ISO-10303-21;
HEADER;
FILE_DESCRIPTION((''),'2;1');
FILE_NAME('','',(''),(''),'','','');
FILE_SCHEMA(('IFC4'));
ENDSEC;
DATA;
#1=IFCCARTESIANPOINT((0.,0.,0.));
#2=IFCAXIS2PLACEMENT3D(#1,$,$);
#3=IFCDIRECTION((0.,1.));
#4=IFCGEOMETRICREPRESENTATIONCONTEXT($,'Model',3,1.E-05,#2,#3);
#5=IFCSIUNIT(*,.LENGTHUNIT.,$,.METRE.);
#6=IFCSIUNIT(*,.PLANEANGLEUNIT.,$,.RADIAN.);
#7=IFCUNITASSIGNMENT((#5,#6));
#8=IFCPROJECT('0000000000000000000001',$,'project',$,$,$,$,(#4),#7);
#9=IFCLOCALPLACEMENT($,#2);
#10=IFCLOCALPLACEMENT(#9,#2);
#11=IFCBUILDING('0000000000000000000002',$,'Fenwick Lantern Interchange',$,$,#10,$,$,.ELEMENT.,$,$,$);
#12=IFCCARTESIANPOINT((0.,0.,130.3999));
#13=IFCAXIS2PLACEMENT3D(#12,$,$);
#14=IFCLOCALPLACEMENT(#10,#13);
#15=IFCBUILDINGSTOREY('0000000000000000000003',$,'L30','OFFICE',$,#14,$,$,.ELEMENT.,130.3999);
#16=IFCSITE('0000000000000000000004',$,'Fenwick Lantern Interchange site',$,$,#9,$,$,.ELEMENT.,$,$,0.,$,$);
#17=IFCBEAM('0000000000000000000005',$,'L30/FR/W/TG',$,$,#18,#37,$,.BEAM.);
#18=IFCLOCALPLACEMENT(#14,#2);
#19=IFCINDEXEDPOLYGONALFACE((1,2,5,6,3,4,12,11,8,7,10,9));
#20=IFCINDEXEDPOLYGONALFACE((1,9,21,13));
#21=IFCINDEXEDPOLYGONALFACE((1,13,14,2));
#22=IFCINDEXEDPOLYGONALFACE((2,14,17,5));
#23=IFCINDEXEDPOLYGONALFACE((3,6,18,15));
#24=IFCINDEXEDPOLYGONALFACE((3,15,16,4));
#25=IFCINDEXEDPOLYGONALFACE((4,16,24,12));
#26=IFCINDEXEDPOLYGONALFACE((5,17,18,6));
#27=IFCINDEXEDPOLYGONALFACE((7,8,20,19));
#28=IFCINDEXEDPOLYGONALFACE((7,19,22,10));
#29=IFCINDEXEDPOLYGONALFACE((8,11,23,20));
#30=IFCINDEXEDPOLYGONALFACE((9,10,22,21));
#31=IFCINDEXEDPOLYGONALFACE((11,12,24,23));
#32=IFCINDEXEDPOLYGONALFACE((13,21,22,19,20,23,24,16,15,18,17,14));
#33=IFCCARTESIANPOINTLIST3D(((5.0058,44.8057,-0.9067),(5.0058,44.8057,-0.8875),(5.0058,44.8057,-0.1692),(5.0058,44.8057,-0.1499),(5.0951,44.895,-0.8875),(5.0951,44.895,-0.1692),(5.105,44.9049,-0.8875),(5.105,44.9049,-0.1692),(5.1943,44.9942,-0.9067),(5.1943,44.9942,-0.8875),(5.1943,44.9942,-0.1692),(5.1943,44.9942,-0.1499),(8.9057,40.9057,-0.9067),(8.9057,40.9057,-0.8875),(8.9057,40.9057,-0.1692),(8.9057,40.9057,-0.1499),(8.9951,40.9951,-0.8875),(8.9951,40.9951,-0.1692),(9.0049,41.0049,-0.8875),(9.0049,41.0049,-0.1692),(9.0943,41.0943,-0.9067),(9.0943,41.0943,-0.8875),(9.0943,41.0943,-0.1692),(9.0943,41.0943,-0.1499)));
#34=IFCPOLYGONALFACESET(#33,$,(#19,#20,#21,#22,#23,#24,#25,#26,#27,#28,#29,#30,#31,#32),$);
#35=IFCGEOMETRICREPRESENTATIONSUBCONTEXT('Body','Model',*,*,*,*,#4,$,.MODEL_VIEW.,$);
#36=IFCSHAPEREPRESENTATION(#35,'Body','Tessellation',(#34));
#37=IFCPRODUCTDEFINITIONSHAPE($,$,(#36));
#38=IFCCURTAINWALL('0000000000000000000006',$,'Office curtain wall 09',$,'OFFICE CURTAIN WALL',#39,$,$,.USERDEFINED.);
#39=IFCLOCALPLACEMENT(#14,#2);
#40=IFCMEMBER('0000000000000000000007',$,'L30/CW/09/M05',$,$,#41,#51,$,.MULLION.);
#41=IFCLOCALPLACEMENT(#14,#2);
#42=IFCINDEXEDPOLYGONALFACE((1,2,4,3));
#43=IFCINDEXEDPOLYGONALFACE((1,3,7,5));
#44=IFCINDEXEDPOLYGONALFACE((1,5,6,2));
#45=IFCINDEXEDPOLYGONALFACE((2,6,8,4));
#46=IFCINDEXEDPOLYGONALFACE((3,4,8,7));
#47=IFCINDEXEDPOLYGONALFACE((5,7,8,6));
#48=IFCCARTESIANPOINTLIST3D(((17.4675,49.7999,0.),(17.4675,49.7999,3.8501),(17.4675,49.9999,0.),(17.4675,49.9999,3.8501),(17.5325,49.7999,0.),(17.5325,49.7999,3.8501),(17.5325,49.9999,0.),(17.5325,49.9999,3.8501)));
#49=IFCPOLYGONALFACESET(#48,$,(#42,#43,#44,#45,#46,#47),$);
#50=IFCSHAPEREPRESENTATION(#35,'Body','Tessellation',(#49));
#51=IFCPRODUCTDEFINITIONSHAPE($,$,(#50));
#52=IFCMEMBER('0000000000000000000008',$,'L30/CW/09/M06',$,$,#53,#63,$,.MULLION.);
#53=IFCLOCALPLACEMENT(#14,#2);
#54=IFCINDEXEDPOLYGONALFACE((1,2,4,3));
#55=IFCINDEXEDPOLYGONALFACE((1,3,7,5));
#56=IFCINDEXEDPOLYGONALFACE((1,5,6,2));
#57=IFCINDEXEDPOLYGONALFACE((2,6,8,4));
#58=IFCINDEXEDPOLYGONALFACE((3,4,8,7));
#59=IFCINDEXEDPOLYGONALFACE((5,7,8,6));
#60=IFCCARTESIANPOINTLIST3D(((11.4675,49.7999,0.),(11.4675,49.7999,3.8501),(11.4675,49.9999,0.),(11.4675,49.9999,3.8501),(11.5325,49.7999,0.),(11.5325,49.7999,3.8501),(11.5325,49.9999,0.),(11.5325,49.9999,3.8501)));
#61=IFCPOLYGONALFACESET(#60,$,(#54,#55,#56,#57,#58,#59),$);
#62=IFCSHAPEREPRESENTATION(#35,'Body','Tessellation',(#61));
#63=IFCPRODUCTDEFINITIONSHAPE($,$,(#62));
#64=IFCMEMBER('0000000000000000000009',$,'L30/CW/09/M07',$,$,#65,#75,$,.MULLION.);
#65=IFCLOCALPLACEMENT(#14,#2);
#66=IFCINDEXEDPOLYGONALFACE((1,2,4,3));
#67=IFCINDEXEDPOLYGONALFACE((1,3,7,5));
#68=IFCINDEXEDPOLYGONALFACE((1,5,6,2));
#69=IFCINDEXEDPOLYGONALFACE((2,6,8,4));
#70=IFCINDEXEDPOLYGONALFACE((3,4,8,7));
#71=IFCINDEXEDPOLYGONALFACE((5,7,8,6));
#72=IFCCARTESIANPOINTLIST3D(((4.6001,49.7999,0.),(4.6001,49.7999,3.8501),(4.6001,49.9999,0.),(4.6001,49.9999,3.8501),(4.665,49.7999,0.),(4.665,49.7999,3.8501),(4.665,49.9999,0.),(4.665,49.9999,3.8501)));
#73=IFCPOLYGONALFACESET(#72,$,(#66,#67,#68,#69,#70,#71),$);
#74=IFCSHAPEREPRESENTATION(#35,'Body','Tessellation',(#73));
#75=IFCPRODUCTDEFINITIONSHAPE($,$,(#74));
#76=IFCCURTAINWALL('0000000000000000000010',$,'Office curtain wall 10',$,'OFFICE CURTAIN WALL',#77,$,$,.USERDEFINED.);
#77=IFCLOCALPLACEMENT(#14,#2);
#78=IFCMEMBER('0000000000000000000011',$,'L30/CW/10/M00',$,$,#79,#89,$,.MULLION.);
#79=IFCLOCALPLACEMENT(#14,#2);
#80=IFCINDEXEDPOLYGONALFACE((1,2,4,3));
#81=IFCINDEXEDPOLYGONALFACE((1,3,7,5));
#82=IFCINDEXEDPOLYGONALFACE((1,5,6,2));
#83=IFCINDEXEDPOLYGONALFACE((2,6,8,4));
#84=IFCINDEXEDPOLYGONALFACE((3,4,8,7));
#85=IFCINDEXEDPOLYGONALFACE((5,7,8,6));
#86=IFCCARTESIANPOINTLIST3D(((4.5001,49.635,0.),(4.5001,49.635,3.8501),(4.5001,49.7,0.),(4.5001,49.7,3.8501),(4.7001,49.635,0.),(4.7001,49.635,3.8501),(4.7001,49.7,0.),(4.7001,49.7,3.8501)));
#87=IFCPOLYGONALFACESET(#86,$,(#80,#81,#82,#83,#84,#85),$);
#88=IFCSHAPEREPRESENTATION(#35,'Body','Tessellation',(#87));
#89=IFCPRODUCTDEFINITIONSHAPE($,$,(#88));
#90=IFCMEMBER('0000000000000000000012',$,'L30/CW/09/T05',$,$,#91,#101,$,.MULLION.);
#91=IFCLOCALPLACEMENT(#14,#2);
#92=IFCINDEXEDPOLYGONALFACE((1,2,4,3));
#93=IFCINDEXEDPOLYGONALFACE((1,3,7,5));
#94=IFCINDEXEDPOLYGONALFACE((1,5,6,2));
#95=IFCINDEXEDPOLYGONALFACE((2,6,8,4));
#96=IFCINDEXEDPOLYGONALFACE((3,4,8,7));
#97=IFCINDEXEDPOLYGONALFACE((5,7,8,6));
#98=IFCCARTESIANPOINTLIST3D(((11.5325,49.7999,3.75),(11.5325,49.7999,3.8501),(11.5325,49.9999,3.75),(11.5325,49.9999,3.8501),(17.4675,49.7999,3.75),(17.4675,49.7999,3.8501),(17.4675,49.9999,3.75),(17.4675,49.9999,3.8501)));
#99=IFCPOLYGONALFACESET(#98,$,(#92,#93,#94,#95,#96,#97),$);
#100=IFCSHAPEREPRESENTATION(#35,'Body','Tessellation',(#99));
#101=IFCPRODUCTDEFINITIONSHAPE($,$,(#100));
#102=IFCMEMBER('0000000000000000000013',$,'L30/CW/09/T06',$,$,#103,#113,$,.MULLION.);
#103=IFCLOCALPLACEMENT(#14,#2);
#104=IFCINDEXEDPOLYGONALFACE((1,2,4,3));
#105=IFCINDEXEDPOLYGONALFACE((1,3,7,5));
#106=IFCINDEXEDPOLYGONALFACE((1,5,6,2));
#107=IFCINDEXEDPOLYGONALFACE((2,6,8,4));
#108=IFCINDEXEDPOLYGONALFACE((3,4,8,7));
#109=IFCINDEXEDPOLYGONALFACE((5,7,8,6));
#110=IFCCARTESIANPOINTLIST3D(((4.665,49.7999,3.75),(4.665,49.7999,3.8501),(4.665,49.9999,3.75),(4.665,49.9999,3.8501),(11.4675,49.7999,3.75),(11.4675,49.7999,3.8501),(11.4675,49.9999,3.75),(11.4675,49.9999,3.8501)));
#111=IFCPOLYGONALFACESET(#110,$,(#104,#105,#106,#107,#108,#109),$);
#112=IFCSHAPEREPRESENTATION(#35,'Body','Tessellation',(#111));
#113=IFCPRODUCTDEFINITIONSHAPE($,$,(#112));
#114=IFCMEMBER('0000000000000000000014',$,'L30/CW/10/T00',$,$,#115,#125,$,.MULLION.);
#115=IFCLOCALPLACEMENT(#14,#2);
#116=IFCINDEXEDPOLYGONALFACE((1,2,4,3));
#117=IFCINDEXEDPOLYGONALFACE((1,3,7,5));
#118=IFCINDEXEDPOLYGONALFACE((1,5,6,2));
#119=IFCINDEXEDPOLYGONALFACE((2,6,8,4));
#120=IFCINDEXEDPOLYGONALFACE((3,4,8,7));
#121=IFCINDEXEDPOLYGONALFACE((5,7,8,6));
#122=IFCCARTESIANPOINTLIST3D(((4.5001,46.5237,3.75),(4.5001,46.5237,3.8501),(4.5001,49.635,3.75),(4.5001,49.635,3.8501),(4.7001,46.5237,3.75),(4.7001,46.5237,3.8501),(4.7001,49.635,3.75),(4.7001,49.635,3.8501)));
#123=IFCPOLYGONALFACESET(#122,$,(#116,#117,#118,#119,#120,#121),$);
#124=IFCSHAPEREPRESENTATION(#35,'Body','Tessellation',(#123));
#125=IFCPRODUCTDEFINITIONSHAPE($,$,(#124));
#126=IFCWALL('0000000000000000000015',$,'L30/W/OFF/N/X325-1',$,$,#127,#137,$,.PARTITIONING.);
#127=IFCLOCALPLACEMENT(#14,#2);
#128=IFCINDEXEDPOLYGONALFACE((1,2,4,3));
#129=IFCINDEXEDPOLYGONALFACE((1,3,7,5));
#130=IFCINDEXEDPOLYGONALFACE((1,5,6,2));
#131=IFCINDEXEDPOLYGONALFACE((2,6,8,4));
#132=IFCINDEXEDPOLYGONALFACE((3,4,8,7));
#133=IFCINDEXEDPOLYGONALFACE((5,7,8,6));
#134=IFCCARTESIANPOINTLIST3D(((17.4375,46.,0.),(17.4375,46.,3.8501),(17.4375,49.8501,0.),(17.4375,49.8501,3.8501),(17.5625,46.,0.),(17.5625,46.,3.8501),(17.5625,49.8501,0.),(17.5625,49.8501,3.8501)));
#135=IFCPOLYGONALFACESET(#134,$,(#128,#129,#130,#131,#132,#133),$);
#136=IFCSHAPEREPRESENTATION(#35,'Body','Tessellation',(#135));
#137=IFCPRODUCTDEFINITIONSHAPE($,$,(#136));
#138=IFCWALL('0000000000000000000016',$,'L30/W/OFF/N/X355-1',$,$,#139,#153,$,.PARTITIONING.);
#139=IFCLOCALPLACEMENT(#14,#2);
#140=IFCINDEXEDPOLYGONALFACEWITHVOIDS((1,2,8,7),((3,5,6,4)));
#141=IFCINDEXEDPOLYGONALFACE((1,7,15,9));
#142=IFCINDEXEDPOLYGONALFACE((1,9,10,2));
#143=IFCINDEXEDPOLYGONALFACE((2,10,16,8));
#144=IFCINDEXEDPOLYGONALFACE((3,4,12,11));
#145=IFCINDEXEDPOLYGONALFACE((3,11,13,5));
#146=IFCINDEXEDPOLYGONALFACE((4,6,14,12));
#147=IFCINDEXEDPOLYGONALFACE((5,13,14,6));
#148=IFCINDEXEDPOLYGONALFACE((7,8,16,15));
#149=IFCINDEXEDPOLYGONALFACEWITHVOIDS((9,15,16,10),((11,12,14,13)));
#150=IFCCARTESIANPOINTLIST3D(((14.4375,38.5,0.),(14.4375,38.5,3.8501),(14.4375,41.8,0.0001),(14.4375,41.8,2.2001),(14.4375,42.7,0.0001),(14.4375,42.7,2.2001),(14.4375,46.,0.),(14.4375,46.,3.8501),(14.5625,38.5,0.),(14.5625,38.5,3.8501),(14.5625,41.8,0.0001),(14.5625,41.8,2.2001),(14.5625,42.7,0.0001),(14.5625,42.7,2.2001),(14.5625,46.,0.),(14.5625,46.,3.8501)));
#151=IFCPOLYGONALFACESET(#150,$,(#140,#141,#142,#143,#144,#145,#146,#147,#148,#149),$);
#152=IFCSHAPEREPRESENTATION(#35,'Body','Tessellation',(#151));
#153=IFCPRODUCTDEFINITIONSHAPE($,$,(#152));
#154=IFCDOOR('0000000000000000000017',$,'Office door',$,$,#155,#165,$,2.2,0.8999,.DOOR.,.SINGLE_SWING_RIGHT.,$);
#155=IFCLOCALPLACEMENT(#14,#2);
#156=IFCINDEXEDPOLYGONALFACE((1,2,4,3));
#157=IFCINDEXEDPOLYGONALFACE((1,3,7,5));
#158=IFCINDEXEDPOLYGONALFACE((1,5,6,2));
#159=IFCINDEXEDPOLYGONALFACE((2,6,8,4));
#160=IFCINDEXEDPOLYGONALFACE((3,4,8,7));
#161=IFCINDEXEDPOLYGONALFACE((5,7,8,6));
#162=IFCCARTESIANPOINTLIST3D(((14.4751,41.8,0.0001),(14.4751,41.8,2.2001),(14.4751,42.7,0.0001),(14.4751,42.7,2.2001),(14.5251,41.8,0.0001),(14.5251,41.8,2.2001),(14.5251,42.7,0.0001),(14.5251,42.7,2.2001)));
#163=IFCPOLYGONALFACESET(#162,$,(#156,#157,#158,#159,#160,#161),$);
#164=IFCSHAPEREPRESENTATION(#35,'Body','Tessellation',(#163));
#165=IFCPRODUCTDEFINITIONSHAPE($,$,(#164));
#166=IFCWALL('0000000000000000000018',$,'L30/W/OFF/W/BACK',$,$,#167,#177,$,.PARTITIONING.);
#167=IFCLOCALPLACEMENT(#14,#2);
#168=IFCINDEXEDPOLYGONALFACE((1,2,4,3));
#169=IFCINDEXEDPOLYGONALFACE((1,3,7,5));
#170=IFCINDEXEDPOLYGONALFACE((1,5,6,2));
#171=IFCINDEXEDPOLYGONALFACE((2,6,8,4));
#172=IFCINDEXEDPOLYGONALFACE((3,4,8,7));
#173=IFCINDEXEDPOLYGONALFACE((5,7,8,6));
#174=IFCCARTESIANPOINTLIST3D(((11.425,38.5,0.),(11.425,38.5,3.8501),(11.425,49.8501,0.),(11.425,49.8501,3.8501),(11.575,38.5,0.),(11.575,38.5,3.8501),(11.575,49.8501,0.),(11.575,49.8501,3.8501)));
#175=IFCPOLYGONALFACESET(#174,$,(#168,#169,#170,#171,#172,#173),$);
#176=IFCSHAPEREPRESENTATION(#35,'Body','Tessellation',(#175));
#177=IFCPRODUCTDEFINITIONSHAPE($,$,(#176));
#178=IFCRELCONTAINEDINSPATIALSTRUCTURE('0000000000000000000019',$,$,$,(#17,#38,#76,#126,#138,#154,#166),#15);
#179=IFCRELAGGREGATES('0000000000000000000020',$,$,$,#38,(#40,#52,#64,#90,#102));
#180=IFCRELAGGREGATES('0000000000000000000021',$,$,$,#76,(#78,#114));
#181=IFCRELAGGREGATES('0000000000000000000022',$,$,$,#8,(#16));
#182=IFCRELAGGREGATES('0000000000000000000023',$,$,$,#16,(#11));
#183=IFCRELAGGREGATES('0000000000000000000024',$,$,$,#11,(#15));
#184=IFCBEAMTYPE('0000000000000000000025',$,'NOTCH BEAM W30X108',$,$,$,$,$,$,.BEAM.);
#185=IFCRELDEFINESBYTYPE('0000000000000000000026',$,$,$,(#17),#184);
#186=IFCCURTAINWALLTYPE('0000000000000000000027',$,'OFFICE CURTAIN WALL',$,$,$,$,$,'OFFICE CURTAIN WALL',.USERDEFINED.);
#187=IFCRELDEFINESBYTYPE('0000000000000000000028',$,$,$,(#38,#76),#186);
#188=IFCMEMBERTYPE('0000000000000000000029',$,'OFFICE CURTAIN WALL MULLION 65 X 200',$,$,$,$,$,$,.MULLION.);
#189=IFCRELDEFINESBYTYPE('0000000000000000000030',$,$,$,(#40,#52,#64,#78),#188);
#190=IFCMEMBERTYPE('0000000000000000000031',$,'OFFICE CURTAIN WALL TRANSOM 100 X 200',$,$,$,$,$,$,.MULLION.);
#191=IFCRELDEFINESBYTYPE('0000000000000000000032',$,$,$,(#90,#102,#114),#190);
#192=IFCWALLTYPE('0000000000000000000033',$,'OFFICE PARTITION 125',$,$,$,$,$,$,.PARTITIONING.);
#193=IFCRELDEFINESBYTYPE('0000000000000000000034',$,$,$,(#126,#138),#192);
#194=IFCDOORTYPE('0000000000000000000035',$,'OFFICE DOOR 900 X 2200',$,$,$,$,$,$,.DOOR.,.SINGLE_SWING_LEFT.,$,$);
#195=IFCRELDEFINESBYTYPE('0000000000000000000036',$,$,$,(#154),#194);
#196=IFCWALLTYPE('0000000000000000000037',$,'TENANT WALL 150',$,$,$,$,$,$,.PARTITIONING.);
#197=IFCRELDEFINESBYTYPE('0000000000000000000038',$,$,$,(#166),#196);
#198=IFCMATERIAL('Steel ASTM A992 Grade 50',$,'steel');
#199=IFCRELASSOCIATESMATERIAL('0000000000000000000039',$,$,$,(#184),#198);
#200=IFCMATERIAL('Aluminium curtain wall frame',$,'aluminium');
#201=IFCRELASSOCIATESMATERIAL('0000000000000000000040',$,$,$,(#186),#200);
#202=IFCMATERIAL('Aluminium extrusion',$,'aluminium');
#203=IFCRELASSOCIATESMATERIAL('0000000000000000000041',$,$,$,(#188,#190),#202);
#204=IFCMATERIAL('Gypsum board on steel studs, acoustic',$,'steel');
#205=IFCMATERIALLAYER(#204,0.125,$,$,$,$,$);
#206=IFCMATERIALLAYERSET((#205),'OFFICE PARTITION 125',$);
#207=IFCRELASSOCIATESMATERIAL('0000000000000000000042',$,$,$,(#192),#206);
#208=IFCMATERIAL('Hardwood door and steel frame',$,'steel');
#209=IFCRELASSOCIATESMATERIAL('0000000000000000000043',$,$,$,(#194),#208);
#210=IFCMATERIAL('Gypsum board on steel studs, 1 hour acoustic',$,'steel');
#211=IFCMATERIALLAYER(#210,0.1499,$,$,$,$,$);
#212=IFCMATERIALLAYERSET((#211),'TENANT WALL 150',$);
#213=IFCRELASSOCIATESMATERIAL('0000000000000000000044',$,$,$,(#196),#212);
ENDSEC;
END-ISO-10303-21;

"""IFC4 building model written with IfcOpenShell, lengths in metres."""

from ifc_helpers import new_model, si_unit, direction, frame, frame_2d, origin, origin_2d, place, context, subcontext, project, spatial, rectangle, i_section, extrude, material, layer, layer_set, material_profile, profile_set, type_object, element, fill, aggregate, save


model = new_model("IFC4")

# Units and contexts
model_context = context("Model", 3, precision=1e-05, world=origin(), true_north=direction((0.0, 1.0)))
body_context = subcontext(model_context, "Body", "Model", "MODEL_VIEW")
ifc_project = project(units=[si_unit("LENGTHUNIT", "METRE"), si_unit("PLANEANGLEUNIT", "RADIAN")], contexts=[model_context])

# Site, building, storey
site_placement = place(None, origin())
site = spatial("IfcSite", under=ifc_project, at=site_placement, Name="Fenwick Lantern Interchange site", CompositionType="ELEMENT", RefElevation=0.0)
building_placement = place(site_placement, origin())
building = spatial("IfcBuilding", under=site, at=building_placement, Name="Fenwick Lantern Interchange", CompositionType="ELEMENT")
storey_placement = place(building_placement, frame((0.0, 0.0, 130.3999)))
storey = spatial("IfcBuildingStorey", under=building, at=storey_placement, Name="L30", Description="OFFICE", CompositionType="ELEMENT", Elevation=130.3999)

# Shared definitions
ifc_material_1 = material(Name="Steel ASTM A992 Grade 50", Category="steel")

# Beam
ifc_material_profile_1 = material_profile(ifc_material_1, i_section(OverallWidth=0.2666, OverallDepth=0.7568, WebThickness=0.0139, FlangeThickness=0.0193, at=origin_2d()), Name="W30X108")
ifc_profile_set_1 = profile_set([ifc_material_profile_1], Name="Steel ASTM A992 Grade 50")
beam_type_1 = type_object("IfcBeamType", Name="NOTCH BEAM W30X108", PredefinedType="BEAM", material=ifc_profile_set_1)
beam_1_placement = place(storey_placement, frame((9.0, 41.0, -0.5283), z_axis=(-0.707107, 0.707107, 0.0), x_axis=(-0.707107, -0.707107, 0.0)))
element("IfcBeam", 1, at=beam_1_placement, inside=storey, type_object=beam_type_1, Name="L30/FR/W/TG", PredefinedType="BEAM", context=body_context, shape_type="SweptSolid", body=[
    extrude(i_section(OverallWidth=0.2666, OverallDepth=0.7568, WebThickness=0.0139, FlangeThickness=0.0193, at=origin_2d()), origin(), (0.0, 0.0, 1.0), 5.5154),
])

# Curtain wall, members
ifc_material_2 = material(Name="Aluminium curtain wall frame", Category="aluminium")
curtain_wall_type = type_object("IfcCurtainWallType", Name="OFFICE CURTAIN WALL", ElementType="OFFICE CURTAIN WALL", PredefinedType="USERDEFINED", material=ifc_material_2)
curtain_wall_1_placement = place(storey_placement, origin())
curtain_wall_1 = element("IfcCurtainWall", 2, at=curtain_wall_1_placement, inside=storey, type_object=curtain_wall_type, Name="Office curtain wall 09", ObjectType="OFFICE CURTAIN WALL", PredefinedType="USERDEFINED")
ifc_material_3 = material(Name="Aluminium extrusion", Category="aluminium")
ifc_material_profile_2 = material_profile(ifc_material_3, rectangle(XDim=0.2, YDim=0.0649, at=origin_2d()), Name="OFFICE CURTAIN WALL MULLION 65 X 200")
ifc_profile_set_2 = profile_set([ifc_material_profile_2], Name="Aluminium extrusion")
member_type_1 = type_object("IfcMemberType", Name="OFFICE CURTAIN WALL MULLION 65 X 200", PredefinedType="MULLION", material=ifc_profile_set_2)
member_1_placement = place(storey_placement, frame((17.5, 49.8999, 0.0), z_axis=(0.0, 0.0, 1.0), x_axis=(0.0, -1.0, 0.0)))
member_1 = element("IfcMember", 3, at=member_1_placement, type_object=member_type_1, Name="L30/CW/09/M05", PredefinedType="MULLION", context=body_context, shape_type="SweptSolid", body=[
    extrude(rectangle(XDim=0.2, YDim=0.0649, at=origin_2d()), origin(), (0.0, 0.0, 1.0), 3.8501),
])
member_2_placement = place(storey_placement, frame((11.5, 49.8999, 0.0), z_axis=(0.0, 0.0, 1.0), x_axis=(0.0, -1.0, 0.0)))
member_2 = element("IfcMember", 4, at=member_2_placement, type_object=member_type_1, Name="L30/CW/09/M06", PredefinedType="MULLION", context=body_context, shape_type="SweptSolid", body=[
    extrude(rectangle(XDim=0.2, YDim=0.0649, at=origin_2d()), origin(), (0.0, 0.0, 1.0), 3.8501),
])
member_3_placement = place(storey_placement, frame((4.6326, 49.8999, 0.0), z_axis=(0.0, 0.0, 1.0), x_axis=(0.0, -1.0, 0.0)))
member_3 = element("IfcMember", 5, at=member_3_placement, type_object=member_type_1, Name="L30/CW/09/M07", PredefinedType="MULLION", context=body_context, shape_type="SweptSolid", body=[
    extrude(rectangle(XDim=0.2, YDim=0.0649, at=origin_2d()), origin(), (0.0, 0.0, 1.0), 3.8501),
])

# Curtain wall, member
curtain_wall_2_placement = place(storey_placement, origin())
curtain_wall_2 = element("IfcCurtainWall", 6, at=curtain_wall_2_placement, inside=storey, type_object=curtain_wall_type, Name="Office curtain wall 10", ObjectType="OFFICE CURTAIN WALL", PredefinedType="USERDEFINED")
member_4_placement = place(storey_placement, frame((4.6001, 49.6675, 0.0), z_axis=(0.0, 0.0, 1.0), x_axis=(1.0, 0.0, 0.0)))
member_4 = element("IfcMember", 7, at=member_4_placement, type_object=member_type_1, Name="L30/CW/10/M00", PredefinedType="MULLION", context=body_context, shape_type="SweptSolid", body=[
    extrude(rectangle(XDim=0.2, YDim=0.0649, at=origin_2d()), origin(), (0.0, 0.0, 1.0), 3.8501),
])

# Members
ifc_material_profile_3 = material_profile(ifc_material_3, rectangle(XDim=0.2, YDim=0.1001, at=origin_2d()), Name="OFFICE CURTAIN WALL TRANSOM 100 X 200")
ifc_profile_set_3 = profile_set([ifc_material_profile_3], Name="Aluminium extrusion")
member_type_2 = type_object("IfcMemberType", Name="OFFICE CURTAIN WALL TRANSOM 100 X 200", PredefinedType="MULLION", material=ifc_profile_set_3)
member_5_placement = place(storey_placement, frame((17.4675, 49.8999, 3.8), z_axis=(-1.0, 0.0, 0.0), x_axis=(0.0, -1.0, 0.0)))
member_5 = element("IfcMember", 8, at=member_5_placement, type_object=member_type_2, Name="L30/CW/09/T05", PredefinedType="MULLION", context=body_context, shape_type="SweptSolid", body=[
    extrude(rectangle(XDim=0.2, YDim=0.1001, at=origin_2d()), origin(), (0.0, 0.0, 1.0), 5.9351),
])
member_6_placement = place(storey_placement, frame((11.4675, 49.8999, 3.8), z_axis=(-1.0, 0.0, 0.0), x_axis=(0.0, -1.0, 0.0)))
member_6 = element("IfcMember", 9, at=member_6_placement, type_object=member_type_2, Name="L30/CW/09/T06", PredefinedType="MULLION", context=body_context, shape_type="SweptSolid", body=[
    extrude(rectangle(XDim=0.2, YDim=0.1001, at=origin_2d()), origin(), (0.0, 0.0, 1.0), 6.8025),
])
aggregate(curtain_wall_1, [member_1, member_2, member_3, member_5, member_6])
member_7_placement = place(storey_placement, frame((4.6001, 49.635, 3.8), z_axis=(0.0, -1.0, 0.0), x_axis=(1.0, 0.0, 0.0)))
member_7 = element("IfcMember", 10, at=member_7_placement, type_object=member_type_2, Name="L30/CW/10/T00", PredefinedType="MULLION", context=body_context, shape_type="SweptSolid", body=[
    extrude(rectangle(XDim=0.2, YDim=0.1001, at=origin_2d()), origin(), (0.0, 0.0, 1.0), 3.1113),
])
aggregate(curtain_wall_2, [member_4, member_7])

# Wall
ifc_material_4 = material(Name="Gypsum board on steel studs, acoustic", Category="steel")
ifc_layer_1 = layer(ifc_material_4, 0.125)
ifc_layer_set_1 = layer_set([ifc_layer_1], Name="OFFICE PARTITION 125")
wall_type_1 = type_object("IfcWallType", Name="OFFICE PARTITION 125", PredefinedType="PARTITIONING", material=ifc_layer_set_1)
wall_1_placement = place(storey_placement, frame((17.5, 49.8501, 0.0), z_axis=(0.0, 0.0, 1.0), x_axis=(0.0, -1.0, 0.0)))
element("IfcWall", 11, at=wall_1_placement, inside=storey, type_object=wall_type_1, Name="L30/W/OFF/N/X325-1", PredefinedType="PARTITIONING", context=body_context, shape_type="SweptSolid", body=[
    extrude(rectangle(XDim=3.8501, YDim=0.125, at=frame_2d((1.925, 0.0))), origin(), (0.0, 0.0, 1.0), 3.8501),
])

# Wall, opening, door
wall_2_placement = place(storey_placement, frame((14.5, 46.0, 0.0), z_axis=(0.0, 0.0, 1.0), x_axis=(0.0, -1.0, 0.0)))
wall_2 = element("IfcWall", 12, at=wall_2_placement, inside=storey, type_object=wall_type_1, Name="L30/W/OFF/N/X355-1", PredefinedType="PARTITIONING", context=body_context, shape_type="SweptSolid", body=[
    extrude(rectangle(XDim=7.5, YDim=0.125, at=frame_2d((3.75, 0.0))), origin(), (0.0, 0.0, 1.0), 3.8501),
])
opening_placement = place(wall_2_placement, frame((3.3, 0.0, 0.0)))
opening = element("IfcOpeningElement", 13, at=opening_placement, cuts=wall_2, PredefinedType="OPENING", context=body_context, shape_type="SweptSolid", body=[
    extrude(rectangle(XDim=0.8999, YDim=2.2, at=frame_2d((0.45, 1.1001))), frame((0.0, 0.0725, 0.0), z_axis=(0.0, -1.0, 0.0), x_axis=(1.0, 0.0, 0.0)), (0.0, 0.0, 1.0), 0.145),
])
ifc_material_5 = material(Name="Hardwood door and steel frame", Category="steel")
door_type = type_object("IfcDoorType", Name="OFFICE DOOR 900 X 2200", OperationType="SINGLE_SWING_LEFT", PredefinedType="DOOR", material=ifc_material_5)
door_placement = place(opening_placement, frame((0.8999, 0.0, 0.0), z_axis=(0.0, 0.0, 1.0), x_axis=(-1.0, 0.0, 0.0)))
door = element("IfcDoor", 14, at=door_placement, inside=storey, type_object=door_type, Name="Office door", OperationType="SINGLE_SWING_RIGHT", OverallHeight=2.2, OverallWidth=0.8999, PredefinedType="DOOR", context=body_context, shape_type="SweptSolid", body=[
    extrude(rectangle(XDim=0.8999, YDim=2.2, at=frame_2d((0.45, 1.1001))), frame((0.0, 0.0249, 0.0), z_axis=(0.0, -1.0, 0.0), x_axis=(1.0, 0.0, 0.0)), (0.0, 0.0, 1.0), 0.05),
])
fill(opening, door)

# Wall
ifc_material_6 = material(Name="Gypsum board on steel studs, 1 hour acoustic", Category="steel")
ifc_layer_2 = layer(ifc_material_6, 0.1499)
ifc_layer_set_2 = layer_set([ifc_layer_2], Name="TENANT WALL 150")
wall_type_2 = type_object("IfcWallType", Name="TENANT WALL 150", PredefinedType="PARTITIONING", material=ifc_layer_set_2)
wall_3_placement = place(storey_placement, frame((11.5, 49.8501, 0.0), z_axis=(0.0, 0.0, 1.0), x_axis=(0.0, -1.0, 0.0)))
element("IfcWall", 15, at=wall_3_placement, inside=storey, type_object=wall_type_2, Name="L30/W/OFF/W/BACK", PredefinedType="PARTITIONING", context=body_context, shape_type="SweptSolid", body=[
    extrude(rectangle(XDim=11.3501, YDim=0.1499, at=frame_2d((5.675, 0.0))), origin(), (0.0, 0.0, 1.0), 3.8501),
])

save(model, "model.ifc")
